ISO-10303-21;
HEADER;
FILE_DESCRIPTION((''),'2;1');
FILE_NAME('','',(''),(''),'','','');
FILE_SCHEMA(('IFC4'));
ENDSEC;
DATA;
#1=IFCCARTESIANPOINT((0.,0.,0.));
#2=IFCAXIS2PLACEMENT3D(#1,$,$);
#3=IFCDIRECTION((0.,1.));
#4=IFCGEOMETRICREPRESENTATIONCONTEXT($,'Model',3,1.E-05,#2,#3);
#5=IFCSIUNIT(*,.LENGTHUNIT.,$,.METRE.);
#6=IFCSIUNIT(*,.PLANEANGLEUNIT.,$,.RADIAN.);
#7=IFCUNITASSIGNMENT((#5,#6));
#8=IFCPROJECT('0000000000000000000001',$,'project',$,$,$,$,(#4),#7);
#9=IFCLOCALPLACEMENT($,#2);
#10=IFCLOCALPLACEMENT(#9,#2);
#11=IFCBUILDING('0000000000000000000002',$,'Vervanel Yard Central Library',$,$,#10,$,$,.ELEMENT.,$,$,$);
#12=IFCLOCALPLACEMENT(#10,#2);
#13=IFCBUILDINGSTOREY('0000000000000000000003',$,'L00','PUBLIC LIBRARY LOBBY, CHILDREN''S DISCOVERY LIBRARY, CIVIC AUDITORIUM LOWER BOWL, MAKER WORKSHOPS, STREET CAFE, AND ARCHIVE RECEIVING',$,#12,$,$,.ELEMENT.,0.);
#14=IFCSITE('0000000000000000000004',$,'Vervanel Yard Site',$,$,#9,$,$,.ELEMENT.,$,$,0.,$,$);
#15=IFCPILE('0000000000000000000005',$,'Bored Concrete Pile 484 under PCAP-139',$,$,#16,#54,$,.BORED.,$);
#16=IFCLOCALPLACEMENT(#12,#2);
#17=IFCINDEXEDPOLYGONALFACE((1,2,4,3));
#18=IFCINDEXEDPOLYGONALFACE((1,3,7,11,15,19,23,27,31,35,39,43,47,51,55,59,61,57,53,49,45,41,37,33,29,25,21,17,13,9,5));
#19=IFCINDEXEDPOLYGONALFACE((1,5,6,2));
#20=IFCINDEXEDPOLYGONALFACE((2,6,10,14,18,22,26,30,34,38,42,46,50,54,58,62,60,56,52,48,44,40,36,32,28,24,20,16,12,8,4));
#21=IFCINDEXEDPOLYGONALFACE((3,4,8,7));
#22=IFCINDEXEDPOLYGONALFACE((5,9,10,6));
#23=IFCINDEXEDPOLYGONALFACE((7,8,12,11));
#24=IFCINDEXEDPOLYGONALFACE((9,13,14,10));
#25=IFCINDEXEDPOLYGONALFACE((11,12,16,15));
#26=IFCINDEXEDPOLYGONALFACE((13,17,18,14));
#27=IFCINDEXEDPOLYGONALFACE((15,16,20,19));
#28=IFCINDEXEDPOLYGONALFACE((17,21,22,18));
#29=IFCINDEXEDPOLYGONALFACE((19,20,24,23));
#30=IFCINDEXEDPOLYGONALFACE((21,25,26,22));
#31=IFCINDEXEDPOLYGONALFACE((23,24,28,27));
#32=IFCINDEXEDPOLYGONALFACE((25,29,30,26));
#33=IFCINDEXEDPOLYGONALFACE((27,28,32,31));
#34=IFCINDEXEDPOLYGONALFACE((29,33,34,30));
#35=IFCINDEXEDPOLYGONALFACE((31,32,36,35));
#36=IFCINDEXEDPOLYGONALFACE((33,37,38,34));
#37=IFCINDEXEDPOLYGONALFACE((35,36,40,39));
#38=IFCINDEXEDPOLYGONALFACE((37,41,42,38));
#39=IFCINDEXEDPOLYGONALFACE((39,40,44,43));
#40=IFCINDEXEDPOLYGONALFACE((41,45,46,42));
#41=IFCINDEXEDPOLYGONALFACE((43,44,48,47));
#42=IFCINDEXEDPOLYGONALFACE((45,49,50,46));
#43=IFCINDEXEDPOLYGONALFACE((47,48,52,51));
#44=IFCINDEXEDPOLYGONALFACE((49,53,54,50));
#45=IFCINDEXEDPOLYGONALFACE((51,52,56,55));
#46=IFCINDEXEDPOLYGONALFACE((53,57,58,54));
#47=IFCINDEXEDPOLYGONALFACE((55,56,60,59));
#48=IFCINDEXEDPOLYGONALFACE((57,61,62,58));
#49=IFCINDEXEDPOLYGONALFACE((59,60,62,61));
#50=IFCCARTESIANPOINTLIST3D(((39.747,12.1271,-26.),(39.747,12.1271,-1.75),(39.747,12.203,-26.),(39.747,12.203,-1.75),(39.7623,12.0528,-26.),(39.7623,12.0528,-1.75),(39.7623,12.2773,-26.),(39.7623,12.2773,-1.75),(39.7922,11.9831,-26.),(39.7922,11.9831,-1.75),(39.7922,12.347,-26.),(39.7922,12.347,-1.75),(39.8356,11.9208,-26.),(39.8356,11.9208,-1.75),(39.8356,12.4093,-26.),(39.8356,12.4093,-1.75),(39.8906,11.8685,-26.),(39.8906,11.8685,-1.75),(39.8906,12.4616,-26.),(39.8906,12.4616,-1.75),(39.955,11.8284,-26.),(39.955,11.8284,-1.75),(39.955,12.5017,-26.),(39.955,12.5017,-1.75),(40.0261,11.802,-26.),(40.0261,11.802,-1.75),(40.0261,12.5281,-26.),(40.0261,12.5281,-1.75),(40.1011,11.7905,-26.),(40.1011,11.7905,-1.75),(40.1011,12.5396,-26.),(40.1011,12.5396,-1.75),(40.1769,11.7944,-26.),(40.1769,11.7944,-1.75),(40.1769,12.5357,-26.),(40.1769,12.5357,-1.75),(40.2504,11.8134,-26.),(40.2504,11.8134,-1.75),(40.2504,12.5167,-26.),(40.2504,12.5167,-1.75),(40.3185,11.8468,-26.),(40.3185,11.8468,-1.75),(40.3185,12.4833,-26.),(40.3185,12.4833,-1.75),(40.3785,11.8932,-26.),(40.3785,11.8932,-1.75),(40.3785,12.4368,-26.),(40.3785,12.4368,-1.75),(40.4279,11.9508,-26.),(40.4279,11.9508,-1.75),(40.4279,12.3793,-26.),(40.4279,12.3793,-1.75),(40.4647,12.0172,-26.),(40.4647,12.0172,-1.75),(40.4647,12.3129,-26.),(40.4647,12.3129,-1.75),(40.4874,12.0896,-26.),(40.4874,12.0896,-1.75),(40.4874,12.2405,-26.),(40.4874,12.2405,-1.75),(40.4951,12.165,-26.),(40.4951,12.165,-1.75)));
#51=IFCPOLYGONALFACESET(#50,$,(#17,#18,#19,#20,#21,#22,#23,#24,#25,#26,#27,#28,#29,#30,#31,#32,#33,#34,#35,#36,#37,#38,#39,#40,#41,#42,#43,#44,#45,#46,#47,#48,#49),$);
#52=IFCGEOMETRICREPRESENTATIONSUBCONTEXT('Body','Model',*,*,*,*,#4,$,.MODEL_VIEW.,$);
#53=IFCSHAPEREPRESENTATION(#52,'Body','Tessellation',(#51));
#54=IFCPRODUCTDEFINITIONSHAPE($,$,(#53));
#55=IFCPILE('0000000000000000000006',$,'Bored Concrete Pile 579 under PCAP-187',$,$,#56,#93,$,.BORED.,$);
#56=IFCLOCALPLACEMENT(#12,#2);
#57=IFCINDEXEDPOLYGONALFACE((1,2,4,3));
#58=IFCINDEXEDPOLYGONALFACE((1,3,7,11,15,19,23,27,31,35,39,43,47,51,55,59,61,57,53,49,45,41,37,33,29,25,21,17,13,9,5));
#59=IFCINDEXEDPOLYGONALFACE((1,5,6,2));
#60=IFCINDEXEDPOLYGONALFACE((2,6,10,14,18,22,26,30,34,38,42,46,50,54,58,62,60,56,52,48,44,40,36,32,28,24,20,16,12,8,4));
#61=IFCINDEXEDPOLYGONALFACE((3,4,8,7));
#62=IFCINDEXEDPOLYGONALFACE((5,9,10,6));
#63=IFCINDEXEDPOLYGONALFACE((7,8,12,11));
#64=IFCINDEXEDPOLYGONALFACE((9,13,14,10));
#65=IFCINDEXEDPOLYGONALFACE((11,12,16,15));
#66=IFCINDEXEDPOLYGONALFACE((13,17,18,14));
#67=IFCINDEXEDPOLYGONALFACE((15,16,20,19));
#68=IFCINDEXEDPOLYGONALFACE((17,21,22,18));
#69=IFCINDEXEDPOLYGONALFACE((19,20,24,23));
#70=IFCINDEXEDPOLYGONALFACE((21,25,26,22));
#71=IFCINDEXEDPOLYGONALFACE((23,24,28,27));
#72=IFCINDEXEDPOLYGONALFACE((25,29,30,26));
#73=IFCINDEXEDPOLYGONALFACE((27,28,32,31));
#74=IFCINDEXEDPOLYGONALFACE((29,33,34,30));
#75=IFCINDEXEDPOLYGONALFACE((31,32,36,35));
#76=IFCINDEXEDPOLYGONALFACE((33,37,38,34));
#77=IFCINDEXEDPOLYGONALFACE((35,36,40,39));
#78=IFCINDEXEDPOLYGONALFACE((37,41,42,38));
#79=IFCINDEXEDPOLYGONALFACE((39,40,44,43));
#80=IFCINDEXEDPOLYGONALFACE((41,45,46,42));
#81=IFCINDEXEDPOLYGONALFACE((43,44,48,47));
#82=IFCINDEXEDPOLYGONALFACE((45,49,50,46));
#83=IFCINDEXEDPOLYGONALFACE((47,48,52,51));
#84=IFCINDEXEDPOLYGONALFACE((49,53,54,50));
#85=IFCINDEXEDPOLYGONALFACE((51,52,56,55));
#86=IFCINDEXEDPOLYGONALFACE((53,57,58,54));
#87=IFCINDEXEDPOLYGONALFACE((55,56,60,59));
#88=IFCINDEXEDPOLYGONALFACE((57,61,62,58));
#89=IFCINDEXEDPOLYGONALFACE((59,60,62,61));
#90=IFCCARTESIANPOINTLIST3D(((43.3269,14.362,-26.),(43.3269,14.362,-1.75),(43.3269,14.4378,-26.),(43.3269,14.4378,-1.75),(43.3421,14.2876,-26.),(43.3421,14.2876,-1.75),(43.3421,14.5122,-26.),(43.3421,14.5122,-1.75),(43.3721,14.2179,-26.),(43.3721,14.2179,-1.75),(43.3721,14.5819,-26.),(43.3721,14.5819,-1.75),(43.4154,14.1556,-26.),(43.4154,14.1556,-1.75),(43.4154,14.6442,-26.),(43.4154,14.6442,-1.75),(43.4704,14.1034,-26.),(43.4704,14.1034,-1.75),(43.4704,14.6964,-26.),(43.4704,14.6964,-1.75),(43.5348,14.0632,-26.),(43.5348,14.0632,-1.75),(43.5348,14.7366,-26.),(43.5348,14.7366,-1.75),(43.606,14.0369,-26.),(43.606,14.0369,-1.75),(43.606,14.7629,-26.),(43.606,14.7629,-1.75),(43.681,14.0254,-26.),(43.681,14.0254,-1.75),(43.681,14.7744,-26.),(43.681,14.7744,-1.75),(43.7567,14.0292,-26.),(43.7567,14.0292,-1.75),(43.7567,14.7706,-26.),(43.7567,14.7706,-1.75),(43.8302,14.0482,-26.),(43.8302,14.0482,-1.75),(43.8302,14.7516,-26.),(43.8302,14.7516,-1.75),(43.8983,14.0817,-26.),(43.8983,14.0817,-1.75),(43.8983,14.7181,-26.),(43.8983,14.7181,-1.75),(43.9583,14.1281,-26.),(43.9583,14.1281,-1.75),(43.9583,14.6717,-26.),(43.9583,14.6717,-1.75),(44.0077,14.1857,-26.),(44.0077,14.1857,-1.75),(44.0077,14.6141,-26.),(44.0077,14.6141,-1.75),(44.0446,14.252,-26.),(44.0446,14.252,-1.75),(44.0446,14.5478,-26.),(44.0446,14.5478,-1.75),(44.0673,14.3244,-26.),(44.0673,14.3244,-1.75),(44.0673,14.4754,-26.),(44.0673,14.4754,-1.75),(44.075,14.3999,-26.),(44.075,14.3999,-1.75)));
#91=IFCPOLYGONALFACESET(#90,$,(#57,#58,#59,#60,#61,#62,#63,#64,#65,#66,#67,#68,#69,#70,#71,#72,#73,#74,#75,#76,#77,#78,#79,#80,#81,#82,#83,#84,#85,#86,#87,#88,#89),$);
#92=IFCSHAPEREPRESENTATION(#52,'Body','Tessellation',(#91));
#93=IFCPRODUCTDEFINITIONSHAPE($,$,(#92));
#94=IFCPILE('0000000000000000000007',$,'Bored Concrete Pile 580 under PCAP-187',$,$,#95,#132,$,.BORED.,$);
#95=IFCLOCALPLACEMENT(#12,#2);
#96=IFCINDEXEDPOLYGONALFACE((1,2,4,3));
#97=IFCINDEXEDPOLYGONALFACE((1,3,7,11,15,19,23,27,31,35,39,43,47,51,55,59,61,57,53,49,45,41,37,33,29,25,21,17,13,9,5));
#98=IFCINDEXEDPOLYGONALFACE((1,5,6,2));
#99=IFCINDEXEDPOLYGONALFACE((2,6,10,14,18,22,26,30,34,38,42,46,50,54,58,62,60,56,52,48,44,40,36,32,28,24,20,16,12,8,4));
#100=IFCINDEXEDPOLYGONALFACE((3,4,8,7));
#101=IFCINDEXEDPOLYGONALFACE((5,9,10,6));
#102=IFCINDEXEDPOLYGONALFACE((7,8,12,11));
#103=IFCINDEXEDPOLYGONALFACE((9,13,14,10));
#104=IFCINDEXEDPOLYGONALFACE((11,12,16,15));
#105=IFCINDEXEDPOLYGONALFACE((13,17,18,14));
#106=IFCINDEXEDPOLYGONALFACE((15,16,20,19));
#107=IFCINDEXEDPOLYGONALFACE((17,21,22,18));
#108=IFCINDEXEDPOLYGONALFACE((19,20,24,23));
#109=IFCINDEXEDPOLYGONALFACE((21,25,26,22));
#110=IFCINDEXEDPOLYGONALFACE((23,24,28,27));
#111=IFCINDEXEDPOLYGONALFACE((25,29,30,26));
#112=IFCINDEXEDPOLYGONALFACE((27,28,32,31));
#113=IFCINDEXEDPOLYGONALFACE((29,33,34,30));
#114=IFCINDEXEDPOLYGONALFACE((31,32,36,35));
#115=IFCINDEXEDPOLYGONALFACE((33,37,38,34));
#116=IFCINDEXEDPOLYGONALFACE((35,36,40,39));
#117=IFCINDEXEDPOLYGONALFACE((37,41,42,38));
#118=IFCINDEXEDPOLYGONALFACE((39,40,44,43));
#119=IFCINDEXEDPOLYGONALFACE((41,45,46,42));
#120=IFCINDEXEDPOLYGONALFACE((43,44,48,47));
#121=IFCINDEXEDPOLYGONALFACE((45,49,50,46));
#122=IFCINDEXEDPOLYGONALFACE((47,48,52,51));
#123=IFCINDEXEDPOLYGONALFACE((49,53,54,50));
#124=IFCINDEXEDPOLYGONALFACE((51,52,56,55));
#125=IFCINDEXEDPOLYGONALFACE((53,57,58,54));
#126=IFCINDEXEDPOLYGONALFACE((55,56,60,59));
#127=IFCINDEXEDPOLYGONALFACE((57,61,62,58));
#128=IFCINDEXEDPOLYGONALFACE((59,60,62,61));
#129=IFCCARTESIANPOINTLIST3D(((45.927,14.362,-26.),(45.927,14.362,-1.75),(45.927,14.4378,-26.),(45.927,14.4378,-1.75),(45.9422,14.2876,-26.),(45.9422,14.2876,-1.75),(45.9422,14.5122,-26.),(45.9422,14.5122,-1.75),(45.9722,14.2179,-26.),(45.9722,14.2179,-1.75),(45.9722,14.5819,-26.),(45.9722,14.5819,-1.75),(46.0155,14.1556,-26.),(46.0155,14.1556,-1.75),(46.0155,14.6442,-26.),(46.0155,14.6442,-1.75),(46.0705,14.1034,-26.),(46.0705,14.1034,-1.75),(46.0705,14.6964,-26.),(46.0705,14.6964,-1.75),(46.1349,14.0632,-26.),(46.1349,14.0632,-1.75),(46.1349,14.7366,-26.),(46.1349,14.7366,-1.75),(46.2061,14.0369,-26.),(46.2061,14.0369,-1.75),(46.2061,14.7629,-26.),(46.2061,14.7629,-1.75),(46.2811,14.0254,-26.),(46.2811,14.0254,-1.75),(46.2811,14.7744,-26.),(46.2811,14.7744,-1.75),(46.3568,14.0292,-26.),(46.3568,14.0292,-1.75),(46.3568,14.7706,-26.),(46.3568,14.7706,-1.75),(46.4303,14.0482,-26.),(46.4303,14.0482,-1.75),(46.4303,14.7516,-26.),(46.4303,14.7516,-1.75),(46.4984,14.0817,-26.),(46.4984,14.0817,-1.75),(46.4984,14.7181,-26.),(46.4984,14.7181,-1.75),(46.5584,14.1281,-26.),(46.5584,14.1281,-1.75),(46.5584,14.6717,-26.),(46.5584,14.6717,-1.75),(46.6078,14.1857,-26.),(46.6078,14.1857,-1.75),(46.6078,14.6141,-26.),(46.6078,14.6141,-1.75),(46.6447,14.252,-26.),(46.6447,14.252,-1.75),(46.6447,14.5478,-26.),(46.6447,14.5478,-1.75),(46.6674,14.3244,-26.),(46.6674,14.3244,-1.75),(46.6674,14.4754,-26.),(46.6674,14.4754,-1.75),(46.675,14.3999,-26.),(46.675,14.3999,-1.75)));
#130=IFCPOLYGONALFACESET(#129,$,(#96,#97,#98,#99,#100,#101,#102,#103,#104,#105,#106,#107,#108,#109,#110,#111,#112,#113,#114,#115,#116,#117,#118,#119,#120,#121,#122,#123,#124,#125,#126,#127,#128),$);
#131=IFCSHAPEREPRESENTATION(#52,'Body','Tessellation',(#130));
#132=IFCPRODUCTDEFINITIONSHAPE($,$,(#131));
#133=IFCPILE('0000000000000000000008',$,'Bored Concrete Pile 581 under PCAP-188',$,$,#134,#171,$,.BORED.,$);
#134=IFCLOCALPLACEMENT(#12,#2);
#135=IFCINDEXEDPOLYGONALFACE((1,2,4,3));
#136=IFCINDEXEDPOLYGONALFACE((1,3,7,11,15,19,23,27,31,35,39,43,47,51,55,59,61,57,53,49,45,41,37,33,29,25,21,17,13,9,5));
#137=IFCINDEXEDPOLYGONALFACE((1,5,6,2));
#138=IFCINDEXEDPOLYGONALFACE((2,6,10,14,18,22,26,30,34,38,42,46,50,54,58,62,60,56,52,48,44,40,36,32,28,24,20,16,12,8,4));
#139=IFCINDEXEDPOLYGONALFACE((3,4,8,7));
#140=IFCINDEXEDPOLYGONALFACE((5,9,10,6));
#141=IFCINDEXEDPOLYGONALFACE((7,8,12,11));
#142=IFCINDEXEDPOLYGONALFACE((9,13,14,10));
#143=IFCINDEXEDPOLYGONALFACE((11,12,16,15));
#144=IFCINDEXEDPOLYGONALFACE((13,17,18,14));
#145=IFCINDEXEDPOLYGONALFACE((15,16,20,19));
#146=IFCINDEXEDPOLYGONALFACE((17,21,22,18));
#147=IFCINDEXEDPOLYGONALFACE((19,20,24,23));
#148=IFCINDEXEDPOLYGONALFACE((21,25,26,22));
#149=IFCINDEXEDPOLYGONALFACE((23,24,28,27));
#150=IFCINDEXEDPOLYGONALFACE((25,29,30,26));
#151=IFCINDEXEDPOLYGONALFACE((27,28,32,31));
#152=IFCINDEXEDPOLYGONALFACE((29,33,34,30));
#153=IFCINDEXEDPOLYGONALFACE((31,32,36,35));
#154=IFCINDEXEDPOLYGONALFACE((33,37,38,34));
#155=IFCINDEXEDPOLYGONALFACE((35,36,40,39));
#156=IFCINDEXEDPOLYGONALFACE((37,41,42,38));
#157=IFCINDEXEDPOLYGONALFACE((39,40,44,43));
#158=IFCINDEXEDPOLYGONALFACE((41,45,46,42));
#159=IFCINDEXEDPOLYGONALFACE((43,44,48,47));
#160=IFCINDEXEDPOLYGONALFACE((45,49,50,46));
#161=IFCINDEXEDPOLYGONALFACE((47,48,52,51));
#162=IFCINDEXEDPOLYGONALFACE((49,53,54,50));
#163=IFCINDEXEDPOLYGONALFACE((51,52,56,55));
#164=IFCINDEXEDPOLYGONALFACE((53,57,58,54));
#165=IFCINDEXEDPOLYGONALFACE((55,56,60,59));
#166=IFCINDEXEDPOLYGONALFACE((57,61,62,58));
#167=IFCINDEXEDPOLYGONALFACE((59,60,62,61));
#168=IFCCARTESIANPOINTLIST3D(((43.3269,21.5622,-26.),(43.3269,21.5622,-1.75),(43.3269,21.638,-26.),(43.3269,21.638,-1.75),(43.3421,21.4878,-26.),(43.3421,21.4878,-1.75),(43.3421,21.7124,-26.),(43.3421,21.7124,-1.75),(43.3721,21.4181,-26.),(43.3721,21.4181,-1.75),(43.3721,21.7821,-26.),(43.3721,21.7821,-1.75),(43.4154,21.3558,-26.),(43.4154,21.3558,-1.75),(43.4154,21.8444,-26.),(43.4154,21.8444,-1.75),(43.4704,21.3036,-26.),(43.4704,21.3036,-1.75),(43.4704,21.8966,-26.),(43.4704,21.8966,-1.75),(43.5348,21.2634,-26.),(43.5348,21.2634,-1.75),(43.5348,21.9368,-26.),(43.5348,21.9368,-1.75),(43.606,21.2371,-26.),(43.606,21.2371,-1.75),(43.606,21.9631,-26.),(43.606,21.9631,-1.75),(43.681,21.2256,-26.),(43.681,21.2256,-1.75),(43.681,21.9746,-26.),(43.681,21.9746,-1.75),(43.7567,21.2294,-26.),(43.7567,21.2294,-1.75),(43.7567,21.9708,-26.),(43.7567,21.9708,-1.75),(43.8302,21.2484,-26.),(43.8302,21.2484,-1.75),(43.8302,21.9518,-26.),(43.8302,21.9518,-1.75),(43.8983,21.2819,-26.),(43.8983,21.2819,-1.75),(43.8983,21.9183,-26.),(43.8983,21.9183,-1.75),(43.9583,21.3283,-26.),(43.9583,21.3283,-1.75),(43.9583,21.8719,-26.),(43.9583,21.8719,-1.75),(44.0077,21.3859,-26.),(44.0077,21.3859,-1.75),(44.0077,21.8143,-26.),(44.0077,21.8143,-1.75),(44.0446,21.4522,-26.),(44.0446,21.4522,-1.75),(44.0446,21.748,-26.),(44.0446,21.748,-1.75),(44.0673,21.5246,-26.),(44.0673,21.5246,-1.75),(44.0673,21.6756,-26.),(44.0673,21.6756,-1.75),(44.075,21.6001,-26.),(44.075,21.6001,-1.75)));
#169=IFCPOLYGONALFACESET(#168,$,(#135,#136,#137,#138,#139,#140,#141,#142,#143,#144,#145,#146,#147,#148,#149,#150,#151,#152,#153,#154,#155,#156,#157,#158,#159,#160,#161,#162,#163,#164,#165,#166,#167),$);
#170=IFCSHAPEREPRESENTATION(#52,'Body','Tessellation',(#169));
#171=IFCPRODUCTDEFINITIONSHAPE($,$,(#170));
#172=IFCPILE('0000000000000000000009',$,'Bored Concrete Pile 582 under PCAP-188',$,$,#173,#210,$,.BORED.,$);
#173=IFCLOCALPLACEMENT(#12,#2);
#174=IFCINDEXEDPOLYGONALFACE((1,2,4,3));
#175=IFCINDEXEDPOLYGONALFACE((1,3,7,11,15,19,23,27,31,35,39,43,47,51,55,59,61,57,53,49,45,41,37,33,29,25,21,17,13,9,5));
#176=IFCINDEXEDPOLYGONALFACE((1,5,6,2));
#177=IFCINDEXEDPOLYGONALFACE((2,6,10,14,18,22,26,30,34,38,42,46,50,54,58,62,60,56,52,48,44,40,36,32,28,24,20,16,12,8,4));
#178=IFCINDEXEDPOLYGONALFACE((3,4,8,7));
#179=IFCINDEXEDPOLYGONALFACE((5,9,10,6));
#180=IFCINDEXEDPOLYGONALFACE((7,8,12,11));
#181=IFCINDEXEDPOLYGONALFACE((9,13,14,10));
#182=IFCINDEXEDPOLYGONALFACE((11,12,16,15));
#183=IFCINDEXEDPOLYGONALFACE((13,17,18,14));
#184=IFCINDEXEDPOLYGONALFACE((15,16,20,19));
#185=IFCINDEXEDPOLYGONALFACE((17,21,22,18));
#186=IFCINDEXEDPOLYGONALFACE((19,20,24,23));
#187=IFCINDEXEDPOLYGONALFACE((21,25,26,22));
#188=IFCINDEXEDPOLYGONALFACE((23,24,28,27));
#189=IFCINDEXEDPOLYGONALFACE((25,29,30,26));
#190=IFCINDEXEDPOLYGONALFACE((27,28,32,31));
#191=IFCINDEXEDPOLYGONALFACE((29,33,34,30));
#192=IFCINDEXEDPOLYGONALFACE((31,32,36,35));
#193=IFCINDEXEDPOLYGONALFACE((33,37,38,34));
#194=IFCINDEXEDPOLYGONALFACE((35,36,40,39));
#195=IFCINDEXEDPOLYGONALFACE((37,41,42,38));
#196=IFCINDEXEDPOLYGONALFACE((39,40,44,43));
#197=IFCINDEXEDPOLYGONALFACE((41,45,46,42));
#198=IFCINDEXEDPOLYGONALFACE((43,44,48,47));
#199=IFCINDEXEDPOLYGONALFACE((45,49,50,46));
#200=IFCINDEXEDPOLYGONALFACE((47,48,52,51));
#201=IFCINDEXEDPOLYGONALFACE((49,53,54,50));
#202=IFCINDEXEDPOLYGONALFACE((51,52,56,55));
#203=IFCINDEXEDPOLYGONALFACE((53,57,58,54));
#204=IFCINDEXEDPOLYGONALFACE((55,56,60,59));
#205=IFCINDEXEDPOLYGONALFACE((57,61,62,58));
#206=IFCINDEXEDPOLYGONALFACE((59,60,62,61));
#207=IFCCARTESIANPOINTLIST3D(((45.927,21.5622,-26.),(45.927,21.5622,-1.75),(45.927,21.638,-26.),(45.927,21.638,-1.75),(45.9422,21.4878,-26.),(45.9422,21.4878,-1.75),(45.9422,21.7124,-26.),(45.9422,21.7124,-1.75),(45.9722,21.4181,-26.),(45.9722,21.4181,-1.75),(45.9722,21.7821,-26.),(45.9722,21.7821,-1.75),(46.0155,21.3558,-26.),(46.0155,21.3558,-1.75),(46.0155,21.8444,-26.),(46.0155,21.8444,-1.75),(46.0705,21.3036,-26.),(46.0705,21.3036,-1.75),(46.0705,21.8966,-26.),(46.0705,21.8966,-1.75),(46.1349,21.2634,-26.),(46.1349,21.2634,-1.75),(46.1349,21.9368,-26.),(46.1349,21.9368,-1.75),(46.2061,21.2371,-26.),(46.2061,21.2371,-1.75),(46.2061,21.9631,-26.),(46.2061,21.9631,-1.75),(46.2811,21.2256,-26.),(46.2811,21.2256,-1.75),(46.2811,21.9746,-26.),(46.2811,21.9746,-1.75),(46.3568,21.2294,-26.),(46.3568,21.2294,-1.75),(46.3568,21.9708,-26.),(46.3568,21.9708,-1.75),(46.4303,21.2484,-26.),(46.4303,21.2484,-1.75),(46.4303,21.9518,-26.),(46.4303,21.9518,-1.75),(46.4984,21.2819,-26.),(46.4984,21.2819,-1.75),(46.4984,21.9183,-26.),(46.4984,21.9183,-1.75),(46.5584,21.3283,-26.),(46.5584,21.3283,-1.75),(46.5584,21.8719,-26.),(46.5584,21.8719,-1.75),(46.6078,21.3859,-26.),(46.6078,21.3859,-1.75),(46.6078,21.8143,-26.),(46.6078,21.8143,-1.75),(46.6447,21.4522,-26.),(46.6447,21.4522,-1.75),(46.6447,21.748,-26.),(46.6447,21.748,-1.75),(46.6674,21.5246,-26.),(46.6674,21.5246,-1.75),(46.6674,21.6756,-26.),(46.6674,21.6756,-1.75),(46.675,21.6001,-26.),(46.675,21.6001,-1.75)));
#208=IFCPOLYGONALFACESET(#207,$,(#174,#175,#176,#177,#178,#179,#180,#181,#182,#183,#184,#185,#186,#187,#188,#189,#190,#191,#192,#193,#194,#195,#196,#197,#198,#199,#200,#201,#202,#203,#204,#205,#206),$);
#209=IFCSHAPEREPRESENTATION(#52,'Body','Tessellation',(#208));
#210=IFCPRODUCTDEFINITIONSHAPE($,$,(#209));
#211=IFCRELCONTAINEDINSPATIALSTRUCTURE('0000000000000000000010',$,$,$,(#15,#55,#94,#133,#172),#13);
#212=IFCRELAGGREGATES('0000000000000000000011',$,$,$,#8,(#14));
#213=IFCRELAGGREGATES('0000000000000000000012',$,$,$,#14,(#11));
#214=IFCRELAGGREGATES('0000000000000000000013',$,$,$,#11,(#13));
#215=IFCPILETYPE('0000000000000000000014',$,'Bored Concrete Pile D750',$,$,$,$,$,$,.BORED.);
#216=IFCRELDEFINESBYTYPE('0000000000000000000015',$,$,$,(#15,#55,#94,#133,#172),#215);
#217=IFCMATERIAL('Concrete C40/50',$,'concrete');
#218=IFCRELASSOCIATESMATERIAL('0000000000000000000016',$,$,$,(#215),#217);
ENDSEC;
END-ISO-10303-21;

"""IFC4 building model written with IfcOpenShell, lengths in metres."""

from ifc_helpers import new_model, si_unit, direction, frame, origin, origin_2d, place, context, subcontext, project, spatial, circle, extrude, material, material_profile, profile_set, type_object, element, save


model = new_model("IFC4")

# Units and contexts
model_context = context("Model", 3, precision=1e-05, world=origin(), true_north=direction((0.0, 1.0)))
body_context = subcontext(model_context, "Body", "Model", "MODEL_VIEW")
ifc_project = project(units=[si_unit("LENGTHUNIT", "METRE"), si_unit("PLANEANGLEUNIT", "RADIAN")], contexts=[model_context])

# Site, building, storey
site_placement = place(None, origin())
site = spatial("IfcSite", under=ifc_project, at=site_placement, Name="Vervanel Yard Site", CompositionType="ELEMENT", RefElevation=0.0)
building_placement = place(site_placement, origin())
building = spatial("IfcBuilding", under=site, at=building_placement, Name="Vervanel Yard Central Library", CompositionType="ELEMENT")
storey_placement = place(building_placement, origin())
storey = spatial("IfcBuildingStorey", under=building, at=storey_placement, Name="L00", Description="PUBLIC LIBRARY LOBBY, CHILDREN'S DISCOVERY LIBRARY, CIVIC AUDITORIUM LOWER BOWL, MAKER WORKSHOPS, STREET CAFE, AND ARCHIVE RECEIVING", CompositionType="ELEMENT", Elevation=0.0)

# Piles
ifc_material_1 = material(Name="Concrete C40/50", Category="concrete")
ifc_material_profile_1 = material_profile(ifc_material_1, circle(Radius=0.375, at=origin_2d()), Name="BP D750", Category="concrete")
ifc_profile_set_1 = profile_set([ifc_material_profile_1], Name="Concrete C40/50")
pile_type = type_object("IfcPileType", Name="Bored Concrete Pile D750", PredefinedType="BORED", material=ifc_profile_set_1)
for number, where, z_axis, x_axis, name in (
    (1, (40.1201, 12.165, -1.75), (0.0, 0.0, -1.0), (1.0, 0.0, 0.0), "Bored Concrete Pile 484 under PCAP-139"),
    (2, (43.7, 14.3999, -1.75), (0.0, 0.0, -1.0), (1.0, 0.0, 0.0), "Bored Concrete Pile 579 under PCAP-187"),
    (3, (46.3, 14.3999, -1.75), (0.0, 0.0, -1.0), (1.0, 0.0, 0.0), "Bored Concrete Pile 580 under PCAP-187"),
    (4, (43.7, 21.6001, -1.75), (0.0, 0.0, -1.0), (1.0, 0.0, 0.0), "Bored Concrete Pile 581 under PCAP-188"),
    (5, (46.3, 21.6001, -1.75), (0.0, 0.0, -1.0), (1.0, 0.0, 0.0), "Bored Concrete Pile 582 under PCAP-188"),
):
    element("IfcPile", number, at=place(storey_placement, frame(where, z_axis=z_axis, x_axis=x_axis)), inside=storey, type_object=pile_type, Name=name, PredefinedType="BORED", context=body_context, shape_type="SweptSolid", body=[
        extrude(circle(Radius=0.375, at=origin_2d()), origin(), (0.0, 0.0, 1.0), 24.25),
    ])

save(model, "model.ifc")
